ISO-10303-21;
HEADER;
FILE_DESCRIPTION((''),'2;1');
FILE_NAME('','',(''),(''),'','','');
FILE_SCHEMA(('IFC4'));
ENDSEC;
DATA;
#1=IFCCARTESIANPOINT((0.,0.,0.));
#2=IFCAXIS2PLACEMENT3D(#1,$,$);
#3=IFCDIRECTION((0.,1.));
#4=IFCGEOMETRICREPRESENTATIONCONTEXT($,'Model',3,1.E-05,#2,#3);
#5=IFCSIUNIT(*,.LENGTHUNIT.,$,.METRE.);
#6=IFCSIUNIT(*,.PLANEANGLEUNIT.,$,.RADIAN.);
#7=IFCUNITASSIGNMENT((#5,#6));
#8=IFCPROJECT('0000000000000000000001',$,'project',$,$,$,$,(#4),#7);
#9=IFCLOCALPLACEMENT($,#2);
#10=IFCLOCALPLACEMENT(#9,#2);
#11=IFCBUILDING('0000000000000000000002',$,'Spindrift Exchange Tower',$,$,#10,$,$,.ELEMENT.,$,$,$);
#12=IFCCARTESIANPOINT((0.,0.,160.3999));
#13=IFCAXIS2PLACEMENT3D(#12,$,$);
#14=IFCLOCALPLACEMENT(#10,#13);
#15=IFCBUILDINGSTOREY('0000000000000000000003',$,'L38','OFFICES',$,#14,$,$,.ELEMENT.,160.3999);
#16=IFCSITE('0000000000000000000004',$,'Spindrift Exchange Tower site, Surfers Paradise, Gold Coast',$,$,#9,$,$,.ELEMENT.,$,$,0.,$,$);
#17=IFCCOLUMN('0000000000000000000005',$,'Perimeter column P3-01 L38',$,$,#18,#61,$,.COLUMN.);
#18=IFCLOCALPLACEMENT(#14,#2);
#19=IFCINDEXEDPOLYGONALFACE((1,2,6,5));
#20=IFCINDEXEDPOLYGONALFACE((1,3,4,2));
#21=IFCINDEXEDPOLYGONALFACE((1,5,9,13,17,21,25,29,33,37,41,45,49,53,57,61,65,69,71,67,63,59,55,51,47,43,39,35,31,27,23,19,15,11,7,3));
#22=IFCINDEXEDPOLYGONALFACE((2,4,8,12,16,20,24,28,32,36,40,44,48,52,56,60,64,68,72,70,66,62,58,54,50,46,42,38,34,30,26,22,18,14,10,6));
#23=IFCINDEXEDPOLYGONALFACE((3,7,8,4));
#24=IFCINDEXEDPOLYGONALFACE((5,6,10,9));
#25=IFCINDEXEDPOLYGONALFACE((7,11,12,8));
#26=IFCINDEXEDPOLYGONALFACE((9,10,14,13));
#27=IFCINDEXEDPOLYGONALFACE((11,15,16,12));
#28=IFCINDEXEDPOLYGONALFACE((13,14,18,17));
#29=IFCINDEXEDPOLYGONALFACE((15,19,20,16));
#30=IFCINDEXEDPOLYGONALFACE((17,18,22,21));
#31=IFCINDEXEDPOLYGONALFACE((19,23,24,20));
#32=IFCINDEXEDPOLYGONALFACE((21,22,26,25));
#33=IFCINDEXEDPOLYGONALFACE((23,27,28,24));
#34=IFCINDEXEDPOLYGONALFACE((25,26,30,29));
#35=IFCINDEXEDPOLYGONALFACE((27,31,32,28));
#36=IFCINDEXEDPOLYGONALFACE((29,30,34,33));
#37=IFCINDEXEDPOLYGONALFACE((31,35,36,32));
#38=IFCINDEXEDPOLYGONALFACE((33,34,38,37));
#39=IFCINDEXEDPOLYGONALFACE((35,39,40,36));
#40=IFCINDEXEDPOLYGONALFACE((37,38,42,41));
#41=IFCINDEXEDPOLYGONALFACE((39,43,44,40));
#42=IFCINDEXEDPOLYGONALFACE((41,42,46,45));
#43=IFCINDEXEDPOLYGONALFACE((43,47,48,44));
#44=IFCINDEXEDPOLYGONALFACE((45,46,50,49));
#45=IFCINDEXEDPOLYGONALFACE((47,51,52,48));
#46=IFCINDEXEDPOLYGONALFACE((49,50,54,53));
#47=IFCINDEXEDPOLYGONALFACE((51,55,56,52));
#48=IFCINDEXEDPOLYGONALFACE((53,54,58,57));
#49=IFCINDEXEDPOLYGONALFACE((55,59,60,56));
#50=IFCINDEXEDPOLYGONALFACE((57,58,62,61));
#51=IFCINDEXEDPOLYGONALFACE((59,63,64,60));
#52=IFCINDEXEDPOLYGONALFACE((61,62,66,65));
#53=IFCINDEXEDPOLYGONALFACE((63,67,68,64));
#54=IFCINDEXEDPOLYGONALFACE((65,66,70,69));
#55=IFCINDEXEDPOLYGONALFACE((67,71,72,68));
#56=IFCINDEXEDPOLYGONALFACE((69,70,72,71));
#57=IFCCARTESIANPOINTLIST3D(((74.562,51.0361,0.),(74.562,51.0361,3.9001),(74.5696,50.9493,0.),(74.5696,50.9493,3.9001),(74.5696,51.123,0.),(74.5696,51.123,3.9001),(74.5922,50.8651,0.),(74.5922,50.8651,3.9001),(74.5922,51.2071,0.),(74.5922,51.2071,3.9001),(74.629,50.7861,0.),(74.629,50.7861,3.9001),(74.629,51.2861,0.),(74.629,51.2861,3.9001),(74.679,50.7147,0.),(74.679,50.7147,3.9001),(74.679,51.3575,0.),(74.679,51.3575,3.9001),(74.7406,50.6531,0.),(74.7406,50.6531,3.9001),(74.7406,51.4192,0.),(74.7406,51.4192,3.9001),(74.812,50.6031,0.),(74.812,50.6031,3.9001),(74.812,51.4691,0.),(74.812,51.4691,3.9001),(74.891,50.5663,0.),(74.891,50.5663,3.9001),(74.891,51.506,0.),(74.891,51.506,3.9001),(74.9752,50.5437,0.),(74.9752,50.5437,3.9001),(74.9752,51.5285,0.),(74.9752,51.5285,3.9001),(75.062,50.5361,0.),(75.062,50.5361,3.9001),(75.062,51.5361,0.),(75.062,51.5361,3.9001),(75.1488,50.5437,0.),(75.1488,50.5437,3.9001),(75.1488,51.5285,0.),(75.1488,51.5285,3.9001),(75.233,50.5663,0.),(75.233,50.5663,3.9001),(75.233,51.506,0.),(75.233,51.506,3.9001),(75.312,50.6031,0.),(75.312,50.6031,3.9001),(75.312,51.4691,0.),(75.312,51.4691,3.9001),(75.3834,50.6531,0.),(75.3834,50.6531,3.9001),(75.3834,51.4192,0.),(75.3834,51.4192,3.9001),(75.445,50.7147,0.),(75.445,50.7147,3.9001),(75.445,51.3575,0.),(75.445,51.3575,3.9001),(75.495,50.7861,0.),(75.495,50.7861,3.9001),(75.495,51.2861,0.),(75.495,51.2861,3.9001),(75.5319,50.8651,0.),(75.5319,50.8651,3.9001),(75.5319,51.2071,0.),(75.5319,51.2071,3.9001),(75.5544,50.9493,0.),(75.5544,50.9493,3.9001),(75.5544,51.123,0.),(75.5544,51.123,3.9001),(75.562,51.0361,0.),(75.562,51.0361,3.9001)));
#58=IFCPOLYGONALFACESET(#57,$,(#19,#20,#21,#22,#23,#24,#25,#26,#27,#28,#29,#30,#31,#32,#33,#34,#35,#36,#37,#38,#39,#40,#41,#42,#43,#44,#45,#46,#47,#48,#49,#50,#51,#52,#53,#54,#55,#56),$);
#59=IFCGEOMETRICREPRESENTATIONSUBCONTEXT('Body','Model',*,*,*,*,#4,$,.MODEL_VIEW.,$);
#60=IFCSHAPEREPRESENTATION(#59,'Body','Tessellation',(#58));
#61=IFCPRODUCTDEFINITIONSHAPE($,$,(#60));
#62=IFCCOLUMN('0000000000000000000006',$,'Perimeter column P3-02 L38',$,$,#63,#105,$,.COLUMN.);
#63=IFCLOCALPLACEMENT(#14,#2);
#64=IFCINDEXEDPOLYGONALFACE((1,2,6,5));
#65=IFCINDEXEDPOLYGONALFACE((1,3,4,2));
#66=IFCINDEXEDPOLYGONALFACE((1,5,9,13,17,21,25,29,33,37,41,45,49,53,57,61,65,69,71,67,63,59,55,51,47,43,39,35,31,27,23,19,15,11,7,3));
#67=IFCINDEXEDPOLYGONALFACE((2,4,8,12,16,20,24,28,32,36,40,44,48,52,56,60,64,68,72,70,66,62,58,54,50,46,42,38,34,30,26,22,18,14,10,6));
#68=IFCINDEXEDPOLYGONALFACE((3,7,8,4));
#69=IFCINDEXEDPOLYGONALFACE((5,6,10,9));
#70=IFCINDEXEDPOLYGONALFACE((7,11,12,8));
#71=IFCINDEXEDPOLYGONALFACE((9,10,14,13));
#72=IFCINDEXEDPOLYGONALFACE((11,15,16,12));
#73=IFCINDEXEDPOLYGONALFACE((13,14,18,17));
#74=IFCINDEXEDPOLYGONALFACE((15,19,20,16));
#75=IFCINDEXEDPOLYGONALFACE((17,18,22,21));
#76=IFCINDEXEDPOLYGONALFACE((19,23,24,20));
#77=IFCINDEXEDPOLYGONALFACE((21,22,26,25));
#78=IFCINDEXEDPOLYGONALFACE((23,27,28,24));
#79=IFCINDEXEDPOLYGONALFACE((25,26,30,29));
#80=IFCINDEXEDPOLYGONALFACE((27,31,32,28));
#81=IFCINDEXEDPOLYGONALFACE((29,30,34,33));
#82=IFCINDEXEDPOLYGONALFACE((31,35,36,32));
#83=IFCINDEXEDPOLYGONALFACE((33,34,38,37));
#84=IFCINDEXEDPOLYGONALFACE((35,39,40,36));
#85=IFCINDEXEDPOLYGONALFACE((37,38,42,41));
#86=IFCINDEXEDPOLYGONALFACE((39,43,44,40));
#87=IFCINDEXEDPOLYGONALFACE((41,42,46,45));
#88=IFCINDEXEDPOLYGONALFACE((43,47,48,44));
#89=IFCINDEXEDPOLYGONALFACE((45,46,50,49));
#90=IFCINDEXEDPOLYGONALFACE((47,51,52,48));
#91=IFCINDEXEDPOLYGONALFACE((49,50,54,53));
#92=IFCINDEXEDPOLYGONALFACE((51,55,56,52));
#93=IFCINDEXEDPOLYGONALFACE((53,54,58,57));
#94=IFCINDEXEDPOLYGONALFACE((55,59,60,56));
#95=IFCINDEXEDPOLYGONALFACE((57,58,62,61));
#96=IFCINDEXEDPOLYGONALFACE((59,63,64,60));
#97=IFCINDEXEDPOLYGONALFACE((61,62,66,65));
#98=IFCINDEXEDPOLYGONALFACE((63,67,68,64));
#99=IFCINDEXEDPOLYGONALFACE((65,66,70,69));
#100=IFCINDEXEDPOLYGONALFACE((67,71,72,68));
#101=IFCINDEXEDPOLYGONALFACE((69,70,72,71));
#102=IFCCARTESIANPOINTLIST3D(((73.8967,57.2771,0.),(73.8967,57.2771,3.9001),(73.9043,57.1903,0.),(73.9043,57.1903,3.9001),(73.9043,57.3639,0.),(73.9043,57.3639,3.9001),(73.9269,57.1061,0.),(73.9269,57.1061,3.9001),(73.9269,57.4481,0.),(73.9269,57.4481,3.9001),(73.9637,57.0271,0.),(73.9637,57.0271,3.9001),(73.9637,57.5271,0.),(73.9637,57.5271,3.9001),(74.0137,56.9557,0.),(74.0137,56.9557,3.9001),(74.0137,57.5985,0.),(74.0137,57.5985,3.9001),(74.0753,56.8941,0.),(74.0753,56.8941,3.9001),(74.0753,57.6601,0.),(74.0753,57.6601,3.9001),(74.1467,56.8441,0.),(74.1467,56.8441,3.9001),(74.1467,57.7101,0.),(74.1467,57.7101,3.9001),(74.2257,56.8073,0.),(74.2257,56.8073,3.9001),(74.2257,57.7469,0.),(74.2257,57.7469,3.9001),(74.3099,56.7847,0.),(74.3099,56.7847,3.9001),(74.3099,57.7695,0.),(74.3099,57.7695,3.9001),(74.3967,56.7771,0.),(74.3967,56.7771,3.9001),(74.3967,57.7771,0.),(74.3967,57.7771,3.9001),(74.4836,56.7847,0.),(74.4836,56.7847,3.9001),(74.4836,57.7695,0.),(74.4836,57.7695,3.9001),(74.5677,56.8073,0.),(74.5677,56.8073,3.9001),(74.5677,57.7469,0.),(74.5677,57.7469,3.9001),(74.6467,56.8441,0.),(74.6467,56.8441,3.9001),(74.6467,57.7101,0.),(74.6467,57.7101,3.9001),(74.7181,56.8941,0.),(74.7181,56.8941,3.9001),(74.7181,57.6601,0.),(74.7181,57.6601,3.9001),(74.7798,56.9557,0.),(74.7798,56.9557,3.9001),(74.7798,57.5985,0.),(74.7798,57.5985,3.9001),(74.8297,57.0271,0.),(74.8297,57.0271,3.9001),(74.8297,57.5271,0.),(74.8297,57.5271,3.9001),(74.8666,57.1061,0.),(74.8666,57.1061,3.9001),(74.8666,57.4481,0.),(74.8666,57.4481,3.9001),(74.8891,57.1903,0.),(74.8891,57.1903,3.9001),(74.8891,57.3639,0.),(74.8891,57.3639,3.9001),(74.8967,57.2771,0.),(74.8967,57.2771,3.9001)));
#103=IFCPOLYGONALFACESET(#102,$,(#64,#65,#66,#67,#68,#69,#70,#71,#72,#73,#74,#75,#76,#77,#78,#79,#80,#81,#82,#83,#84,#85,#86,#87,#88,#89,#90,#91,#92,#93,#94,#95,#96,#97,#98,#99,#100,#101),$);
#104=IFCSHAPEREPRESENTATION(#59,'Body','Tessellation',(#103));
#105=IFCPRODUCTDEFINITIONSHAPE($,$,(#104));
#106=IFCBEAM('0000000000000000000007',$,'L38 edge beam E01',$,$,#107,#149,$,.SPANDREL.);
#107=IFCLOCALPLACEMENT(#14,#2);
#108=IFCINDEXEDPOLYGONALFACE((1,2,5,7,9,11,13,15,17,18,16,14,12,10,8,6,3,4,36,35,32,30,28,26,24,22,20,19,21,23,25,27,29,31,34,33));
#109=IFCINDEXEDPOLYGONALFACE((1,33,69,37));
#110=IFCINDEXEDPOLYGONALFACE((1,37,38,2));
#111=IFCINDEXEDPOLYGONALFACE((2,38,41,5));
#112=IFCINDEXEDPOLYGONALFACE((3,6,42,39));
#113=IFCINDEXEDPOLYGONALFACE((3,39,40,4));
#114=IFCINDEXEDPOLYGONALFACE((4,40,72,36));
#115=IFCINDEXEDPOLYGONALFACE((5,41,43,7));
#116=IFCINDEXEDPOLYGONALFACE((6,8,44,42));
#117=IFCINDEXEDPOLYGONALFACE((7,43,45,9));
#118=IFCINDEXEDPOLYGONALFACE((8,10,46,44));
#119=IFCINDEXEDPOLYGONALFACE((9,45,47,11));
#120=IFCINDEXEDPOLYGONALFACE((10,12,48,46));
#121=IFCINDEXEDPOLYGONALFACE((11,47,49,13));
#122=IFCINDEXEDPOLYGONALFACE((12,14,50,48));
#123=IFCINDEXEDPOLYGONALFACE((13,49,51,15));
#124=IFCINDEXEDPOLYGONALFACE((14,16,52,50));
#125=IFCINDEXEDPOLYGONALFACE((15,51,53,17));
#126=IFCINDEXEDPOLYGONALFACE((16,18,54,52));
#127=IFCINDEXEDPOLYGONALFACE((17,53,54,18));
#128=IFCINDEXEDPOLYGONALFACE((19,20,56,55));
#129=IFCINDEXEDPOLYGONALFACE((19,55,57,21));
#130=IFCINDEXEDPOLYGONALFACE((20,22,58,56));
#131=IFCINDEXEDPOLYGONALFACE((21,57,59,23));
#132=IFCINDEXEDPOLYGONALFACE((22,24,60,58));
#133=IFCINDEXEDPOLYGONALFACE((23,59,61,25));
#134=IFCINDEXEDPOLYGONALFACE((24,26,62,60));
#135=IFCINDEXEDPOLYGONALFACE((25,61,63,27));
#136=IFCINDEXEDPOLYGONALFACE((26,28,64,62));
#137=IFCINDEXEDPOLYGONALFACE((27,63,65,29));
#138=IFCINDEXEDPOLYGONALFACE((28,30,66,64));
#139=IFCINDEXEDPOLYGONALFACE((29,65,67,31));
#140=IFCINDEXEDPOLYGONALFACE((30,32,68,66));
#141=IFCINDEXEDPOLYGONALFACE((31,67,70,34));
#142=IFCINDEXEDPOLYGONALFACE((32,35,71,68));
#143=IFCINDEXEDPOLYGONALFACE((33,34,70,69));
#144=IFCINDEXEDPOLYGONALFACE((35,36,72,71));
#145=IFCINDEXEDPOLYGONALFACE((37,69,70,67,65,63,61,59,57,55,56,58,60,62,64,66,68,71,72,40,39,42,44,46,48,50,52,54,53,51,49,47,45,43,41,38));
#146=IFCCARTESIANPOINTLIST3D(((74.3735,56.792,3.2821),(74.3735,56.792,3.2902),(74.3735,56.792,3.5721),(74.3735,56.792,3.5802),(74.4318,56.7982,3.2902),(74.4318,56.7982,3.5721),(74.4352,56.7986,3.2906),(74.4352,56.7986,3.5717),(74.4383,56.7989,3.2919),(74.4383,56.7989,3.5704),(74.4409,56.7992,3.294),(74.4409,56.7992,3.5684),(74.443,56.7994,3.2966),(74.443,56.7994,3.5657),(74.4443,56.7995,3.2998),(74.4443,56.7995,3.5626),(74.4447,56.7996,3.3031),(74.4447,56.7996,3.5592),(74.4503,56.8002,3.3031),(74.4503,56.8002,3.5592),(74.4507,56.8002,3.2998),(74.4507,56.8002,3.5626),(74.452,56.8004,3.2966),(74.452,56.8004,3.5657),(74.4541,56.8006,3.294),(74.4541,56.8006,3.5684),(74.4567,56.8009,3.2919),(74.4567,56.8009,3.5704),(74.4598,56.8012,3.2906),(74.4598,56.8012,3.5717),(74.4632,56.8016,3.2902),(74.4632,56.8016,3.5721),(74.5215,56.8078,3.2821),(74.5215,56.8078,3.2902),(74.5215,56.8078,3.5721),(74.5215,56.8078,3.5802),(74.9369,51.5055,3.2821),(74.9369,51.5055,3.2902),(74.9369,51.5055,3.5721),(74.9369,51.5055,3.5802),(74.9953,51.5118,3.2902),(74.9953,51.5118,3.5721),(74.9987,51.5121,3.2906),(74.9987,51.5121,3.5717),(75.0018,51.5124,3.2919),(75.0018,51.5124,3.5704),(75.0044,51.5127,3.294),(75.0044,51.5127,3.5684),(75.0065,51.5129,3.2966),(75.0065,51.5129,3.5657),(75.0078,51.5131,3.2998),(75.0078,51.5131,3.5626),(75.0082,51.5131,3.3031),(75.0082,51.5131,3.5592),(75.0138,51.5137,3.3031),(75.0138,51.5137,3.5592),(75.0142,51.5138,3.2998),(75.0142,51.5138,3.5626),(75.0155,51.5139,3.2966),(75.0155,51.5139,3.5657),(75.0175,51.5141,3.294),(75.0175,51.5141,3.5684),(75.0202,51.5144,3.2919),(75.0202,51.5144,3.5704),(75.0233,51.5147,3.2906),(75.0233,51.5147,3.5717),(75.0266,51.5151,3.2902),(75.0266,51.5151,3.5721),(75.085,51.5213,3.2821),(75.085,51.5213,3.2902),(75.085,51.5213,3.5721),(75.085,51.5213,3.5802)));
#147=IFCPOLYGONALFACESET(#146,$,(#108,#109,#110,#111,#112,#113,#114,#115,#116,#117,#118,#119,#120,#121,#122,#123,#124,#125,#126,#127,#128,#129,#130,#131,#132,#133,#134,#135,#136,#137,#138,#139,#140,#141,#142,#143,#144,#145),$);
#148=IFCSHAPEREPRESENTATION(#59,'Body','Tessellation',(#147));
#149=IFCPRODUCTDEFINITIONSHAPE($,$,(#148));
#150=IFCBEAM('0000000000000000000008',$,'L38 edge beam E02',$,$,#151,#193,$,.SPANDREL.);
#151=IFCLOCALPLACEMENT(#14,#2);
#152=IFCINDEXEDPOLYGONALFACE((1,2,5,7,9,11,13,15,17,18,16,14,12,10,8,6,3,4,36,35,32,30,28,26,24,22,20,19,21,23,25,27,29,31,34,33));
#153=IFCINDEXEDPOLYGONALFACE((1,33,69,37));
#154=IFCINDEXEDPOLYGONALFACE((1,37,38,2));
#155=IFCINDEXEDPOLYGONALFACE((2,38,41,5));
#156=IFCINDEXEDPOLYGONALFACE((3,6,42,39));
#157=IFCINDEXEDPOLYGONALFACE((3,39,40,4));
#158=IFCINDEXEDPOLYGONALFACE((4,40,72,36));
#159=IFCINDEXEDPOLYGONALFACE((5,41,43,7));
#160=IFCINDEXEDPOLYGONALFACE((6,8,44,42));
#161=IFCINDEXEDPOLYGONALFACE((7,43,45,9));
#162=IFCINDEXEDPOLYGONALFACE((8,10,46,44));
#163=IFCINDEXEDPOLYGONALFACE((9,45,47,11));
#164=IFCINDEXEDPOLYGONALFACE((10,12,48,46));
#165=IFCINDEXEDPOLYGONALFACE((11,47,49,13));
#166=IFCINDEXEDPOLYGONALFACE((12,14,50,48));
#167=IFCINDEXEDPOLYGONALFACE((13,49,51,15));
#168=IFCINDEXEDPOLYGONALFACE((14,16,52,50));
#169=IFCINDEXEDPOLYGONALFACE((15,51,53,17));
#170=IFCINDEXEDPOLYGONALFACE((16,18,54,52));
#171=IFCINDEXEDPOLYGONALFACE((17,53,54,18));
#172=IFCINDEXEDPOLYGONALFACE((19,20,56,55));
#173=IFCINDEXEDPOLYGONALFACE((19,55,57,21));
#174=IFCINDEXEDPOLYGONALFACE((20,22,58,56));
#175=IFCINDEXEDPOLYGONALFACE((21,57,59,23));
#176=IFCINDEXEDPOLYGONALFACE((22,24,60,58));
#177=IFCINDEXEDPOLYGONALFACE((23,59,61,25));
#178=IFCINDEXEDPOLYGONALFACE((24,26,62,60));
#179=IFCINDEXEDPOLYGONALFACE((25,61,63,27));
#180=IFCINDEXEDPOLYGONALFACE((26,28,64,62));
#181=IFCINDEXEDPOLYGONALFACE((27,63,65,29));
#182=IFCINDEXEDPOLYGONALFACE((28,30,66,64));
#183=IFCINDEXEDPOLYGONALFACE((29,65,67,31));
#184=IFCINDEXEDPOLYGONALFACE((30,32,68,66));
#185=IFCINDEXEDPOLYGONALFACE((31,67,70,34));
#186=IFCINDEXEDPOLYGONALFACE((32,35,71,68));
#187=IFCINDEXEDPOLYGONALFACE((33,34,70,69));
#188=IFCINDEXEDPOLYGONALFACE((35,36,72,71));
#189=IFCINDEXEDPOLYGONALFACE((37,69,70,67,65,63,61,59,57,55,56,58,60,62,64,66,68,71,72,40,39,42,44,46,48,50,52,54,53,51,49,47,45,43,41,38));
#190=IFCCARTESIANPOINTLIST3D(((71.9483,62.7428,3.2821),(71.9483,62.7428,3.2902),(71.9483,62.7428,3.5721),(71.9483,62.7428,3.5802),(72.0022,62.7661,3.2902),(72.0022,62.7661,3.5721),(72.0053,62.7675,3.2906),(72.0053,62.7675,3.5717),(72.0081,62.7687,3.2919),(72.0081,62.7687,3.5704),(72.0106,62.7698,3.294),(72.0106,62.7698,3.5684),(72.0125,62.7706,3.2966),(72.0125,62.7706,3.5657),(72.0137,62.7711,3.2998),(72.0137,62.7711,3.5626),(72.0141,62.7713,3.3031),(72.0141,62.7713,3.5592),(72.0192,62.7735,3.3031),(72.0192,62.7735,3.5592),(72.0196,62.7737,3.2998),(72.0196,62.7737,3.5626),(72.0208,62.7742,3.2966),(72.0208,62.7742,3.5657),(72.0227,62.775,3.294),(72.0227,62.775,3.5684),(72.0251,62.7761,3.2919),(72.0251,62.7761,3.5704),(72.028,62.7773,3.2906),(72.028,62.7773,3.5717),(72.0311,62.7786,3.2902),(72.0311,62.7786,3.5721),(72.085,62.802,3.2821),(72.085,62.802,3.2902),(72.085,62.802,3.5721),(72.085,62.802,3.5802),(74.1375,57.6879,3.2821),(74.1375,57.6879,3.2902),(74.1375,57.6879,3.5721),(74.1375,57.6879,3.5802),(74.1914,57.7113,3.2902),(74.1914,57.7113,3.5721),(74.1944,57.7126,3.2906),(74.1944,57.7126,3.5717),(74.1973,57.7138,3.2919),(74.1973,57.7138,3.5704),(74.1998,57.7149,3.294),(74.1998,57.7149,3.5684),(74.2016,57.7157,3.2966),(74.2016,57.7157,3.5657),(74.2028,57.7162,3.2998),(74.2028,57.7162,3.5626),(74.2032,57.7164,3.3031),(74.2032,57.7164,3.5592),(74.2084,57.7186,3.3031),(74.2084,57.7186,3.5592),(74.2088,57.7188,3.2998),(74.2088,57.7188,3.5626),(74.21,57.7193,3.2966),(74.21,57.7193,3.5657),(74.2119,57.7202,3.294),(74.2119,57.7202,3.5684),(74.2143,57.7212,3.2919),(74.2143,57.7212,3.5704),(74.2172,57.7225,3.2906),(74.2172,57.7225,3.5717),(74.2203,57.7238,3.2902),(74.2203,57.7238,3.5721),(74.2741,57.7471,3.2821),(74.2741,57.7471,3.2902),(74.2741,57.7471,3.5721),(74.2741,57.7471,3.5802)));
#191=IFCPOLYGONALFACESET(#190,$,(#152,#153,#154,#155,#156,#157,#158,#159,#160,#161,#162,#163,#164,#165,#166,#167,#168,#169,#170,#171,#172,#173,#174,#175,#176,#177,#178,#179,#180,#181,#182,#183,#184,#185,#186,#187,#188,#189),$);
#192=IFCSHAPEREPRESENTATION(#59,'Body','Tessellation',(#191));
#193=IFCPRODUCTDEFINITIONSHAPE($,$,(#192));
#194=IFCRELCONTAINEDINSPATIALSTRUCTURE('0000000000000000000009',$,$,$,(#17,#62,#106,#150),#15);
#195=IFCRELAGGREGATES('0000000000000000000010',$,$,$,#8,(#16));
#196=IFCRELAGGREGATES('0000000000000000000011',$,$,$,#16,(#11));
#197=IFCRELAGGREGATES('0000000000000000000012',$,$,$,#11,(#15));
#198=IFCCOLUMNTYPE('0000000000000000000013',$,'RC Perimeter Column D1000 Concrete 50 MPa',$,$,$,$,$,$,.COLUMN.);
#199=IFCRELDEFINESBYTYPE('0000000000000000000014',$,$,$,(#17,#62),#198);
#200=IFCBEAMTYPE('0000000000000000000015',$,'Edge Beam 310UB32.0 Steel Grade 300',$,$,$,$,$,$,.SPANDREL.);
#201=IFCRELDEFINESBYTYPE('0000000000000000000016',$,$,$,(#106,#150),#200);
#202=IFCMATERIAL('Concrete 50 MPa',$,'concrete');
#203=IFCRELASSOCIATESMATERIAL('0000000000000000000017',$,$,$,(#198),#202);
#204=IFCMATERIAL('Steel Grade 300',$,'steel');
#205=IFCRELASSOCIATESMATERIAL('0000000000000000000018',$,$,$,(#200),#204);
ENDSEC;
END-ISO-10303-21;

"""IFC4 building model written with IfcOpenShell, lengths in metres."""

from ifc_helpers import new_model, si_unit, direction, frame, origin, origin_2d, place, context, subcontext, project, spatial, circle, i_section, extrude, source, transform, mapped, material, material_profile, profile_set, type_object, element, save


model = new_model("IFC4")

# Units and contexts
model_context = context("Model", 3, precision=1e-05, world=origin(), true_north=direction((0.0, 1.0)))
body_context = subcontext(model_context, "Body", "Model", "MODEL_VIEW")
ifc_project = project(units=[si_unit("LENGTHUNIT", "METRE"), si_unit("PLANEANGLEUNIT", "RADIAN")], contexts=[model_context])

# Site, building, storey
site_placement = place(None, origin())
site = spatial("IfcSite", under=ifc_project, at=site_placement, Name="Spindrift Exchange Tower site, Surfers Paradise, Gold Coast", CompositionType="ELEMENT", RefElevation=0.0)
building_placement = place(site_placement, origin())
building = spatial("IfcBuilding", under=site, at=building_placement, Name="Spindrift Exchange Tower", CompositionType="ELEMENT")
storey_placement = place(building_placement, frame((0.0, 0.0, 160.3999)))
storey = spatial("IfcBuildingStorey", under=building, at=storey_placement, Name="L38", Description="OFFICES", CompositionType="ELEMENT", Elevation=160.3999)

# Columns
ifc_material_1 = material(Name="Concrete 50 MPa", Category="concrete")
ifc_material_profile_1 = material_profile(ifc_material_1, circle(Radius=0.5, at=origin_2d()), Name="RC D1000")
ifc_profile_set_1 = profile_set([ifc_material_profile_1], Name="Concrete 50 MPa")
column_type = type_object("IfcColumnType", Name="RC Perimeter Column D1000 Concrete 50 MPa", PredefinedType="COLUMN", material=ifc_profile_set_1)
shared_shape_1 = source(origin(), body_context, "Body", "SweptSolid", [
    extrude(circle(Radius=0.5, at=origin_2d()), origin(), (0.0, 0.0, 1.0), 3.9001),
])
for number, where, z_axis, x_axis, name in (
    (1, (75.062, 51.0361, 0.0), (0.0, 0.0, 1.0), (1.0, 0.0, 0.0), "Perimeter column P3-01 L38"),
    (2, (74.3967, 57.2771, 0.0), (0.0, 0.0, 1.0), (1.0, 0.0, 0.0), "Perimeter column P3-02 L38"),
):
    element("IfcColumn", number, at=place(storey_placement, frame(where, z_axis=z_axis, x_axis=x_axis)), inside=storey, type_object=column_type, Name=name, PredefinedType="COLUMN", context=body_context, shape_type="MappedRepresentation", body=[
        mapped(shared_shape_1, transform((0.0, 0.0, 0.0), scale=1.0)),
    ])

# Beams
ifc_material_2 = material(Name="Steel Grade 300", Category="steel")
ifc_material_profile_2 = material_profile(ifc_material_2, i_section(OverallWidth=0.1489, OverallDepth=0.2981, WebThickness=0.0056, FlangeThickness=0.0081, FilletRadius=0.0129, at=origin_2d()), Name="310UB32.0")
ifc_profile_set_2 = profile_set([ifc_material_profile_2], Name="Steel Grade 300")
beam_type_1 = type_object("IfcBeamType", Name="Edge Beam 310UB32.0 Steel Grade 300", PredefinedType="SPANDREL", material=ifc_profile_set_2)
shared_shape_2 = source(origin(), body_context, "Body", "SweptSolid", [
    extrude(i_section(OverallWidth=0.1489, OverallDepth=0.2981, WebThickness=0.0056, FlangeThickness=0.0081, FilletRadius=0.0129, at=origin_2d()), origin(), (0.0, 0.0, 1.0), 5.3164),
])
beam_1_placement = place(storey_placement, frame((75.011, 51.5134, 3.4312), z_axis=(-0.10599, 0.994367, 0.0), x_axis=(-0.994367, -0.10599, 0.0)))
element("IfcBeam", 3, at=beam_1_placement, inside=storey, type_object=beam_type_1, Name="L38 edge beam E01", PredefinedType="SPANDREL", context=body_context, shape_type="MappedRepresentation", body=[
    mapped(shared_shape_2, transform((0.0, 0.0, 0.0), scale=1.0)),
])
shared_shape_3 = source(origin(), body_context, "Body", "SweptSolid", [
    extrude(i_section(OverallWidth=0.1489, OverallDepth=0.2981, WebThickness=0.0056, FlangeThickness=0.0081, FilletRadius=0.0129, at=origin_2d()), origin(), (0.0, 0.0, 1.0), 5.5085),
])
beam_2_placement = place(storey_placement, frame((74.2058, 57.7175, 3.4312), z_axis=(-0.397415, 0.917639, 0.0), x_axis=(-0.917639, -0.397415, 0.0)))
element("IfcBeam", 4, at=beam_2_placement, inside=storey, type_object=beam_type_1, Name="L38 edge beam E02", PredefinedType="SPANDREL", context=body_context, shape_type="MappedRepresentation", body=[
    mapped(shared_shape_3, transform((0.0, 0.0, 0.0), scale=1.0)),
])

save(model, "model.ifc")
